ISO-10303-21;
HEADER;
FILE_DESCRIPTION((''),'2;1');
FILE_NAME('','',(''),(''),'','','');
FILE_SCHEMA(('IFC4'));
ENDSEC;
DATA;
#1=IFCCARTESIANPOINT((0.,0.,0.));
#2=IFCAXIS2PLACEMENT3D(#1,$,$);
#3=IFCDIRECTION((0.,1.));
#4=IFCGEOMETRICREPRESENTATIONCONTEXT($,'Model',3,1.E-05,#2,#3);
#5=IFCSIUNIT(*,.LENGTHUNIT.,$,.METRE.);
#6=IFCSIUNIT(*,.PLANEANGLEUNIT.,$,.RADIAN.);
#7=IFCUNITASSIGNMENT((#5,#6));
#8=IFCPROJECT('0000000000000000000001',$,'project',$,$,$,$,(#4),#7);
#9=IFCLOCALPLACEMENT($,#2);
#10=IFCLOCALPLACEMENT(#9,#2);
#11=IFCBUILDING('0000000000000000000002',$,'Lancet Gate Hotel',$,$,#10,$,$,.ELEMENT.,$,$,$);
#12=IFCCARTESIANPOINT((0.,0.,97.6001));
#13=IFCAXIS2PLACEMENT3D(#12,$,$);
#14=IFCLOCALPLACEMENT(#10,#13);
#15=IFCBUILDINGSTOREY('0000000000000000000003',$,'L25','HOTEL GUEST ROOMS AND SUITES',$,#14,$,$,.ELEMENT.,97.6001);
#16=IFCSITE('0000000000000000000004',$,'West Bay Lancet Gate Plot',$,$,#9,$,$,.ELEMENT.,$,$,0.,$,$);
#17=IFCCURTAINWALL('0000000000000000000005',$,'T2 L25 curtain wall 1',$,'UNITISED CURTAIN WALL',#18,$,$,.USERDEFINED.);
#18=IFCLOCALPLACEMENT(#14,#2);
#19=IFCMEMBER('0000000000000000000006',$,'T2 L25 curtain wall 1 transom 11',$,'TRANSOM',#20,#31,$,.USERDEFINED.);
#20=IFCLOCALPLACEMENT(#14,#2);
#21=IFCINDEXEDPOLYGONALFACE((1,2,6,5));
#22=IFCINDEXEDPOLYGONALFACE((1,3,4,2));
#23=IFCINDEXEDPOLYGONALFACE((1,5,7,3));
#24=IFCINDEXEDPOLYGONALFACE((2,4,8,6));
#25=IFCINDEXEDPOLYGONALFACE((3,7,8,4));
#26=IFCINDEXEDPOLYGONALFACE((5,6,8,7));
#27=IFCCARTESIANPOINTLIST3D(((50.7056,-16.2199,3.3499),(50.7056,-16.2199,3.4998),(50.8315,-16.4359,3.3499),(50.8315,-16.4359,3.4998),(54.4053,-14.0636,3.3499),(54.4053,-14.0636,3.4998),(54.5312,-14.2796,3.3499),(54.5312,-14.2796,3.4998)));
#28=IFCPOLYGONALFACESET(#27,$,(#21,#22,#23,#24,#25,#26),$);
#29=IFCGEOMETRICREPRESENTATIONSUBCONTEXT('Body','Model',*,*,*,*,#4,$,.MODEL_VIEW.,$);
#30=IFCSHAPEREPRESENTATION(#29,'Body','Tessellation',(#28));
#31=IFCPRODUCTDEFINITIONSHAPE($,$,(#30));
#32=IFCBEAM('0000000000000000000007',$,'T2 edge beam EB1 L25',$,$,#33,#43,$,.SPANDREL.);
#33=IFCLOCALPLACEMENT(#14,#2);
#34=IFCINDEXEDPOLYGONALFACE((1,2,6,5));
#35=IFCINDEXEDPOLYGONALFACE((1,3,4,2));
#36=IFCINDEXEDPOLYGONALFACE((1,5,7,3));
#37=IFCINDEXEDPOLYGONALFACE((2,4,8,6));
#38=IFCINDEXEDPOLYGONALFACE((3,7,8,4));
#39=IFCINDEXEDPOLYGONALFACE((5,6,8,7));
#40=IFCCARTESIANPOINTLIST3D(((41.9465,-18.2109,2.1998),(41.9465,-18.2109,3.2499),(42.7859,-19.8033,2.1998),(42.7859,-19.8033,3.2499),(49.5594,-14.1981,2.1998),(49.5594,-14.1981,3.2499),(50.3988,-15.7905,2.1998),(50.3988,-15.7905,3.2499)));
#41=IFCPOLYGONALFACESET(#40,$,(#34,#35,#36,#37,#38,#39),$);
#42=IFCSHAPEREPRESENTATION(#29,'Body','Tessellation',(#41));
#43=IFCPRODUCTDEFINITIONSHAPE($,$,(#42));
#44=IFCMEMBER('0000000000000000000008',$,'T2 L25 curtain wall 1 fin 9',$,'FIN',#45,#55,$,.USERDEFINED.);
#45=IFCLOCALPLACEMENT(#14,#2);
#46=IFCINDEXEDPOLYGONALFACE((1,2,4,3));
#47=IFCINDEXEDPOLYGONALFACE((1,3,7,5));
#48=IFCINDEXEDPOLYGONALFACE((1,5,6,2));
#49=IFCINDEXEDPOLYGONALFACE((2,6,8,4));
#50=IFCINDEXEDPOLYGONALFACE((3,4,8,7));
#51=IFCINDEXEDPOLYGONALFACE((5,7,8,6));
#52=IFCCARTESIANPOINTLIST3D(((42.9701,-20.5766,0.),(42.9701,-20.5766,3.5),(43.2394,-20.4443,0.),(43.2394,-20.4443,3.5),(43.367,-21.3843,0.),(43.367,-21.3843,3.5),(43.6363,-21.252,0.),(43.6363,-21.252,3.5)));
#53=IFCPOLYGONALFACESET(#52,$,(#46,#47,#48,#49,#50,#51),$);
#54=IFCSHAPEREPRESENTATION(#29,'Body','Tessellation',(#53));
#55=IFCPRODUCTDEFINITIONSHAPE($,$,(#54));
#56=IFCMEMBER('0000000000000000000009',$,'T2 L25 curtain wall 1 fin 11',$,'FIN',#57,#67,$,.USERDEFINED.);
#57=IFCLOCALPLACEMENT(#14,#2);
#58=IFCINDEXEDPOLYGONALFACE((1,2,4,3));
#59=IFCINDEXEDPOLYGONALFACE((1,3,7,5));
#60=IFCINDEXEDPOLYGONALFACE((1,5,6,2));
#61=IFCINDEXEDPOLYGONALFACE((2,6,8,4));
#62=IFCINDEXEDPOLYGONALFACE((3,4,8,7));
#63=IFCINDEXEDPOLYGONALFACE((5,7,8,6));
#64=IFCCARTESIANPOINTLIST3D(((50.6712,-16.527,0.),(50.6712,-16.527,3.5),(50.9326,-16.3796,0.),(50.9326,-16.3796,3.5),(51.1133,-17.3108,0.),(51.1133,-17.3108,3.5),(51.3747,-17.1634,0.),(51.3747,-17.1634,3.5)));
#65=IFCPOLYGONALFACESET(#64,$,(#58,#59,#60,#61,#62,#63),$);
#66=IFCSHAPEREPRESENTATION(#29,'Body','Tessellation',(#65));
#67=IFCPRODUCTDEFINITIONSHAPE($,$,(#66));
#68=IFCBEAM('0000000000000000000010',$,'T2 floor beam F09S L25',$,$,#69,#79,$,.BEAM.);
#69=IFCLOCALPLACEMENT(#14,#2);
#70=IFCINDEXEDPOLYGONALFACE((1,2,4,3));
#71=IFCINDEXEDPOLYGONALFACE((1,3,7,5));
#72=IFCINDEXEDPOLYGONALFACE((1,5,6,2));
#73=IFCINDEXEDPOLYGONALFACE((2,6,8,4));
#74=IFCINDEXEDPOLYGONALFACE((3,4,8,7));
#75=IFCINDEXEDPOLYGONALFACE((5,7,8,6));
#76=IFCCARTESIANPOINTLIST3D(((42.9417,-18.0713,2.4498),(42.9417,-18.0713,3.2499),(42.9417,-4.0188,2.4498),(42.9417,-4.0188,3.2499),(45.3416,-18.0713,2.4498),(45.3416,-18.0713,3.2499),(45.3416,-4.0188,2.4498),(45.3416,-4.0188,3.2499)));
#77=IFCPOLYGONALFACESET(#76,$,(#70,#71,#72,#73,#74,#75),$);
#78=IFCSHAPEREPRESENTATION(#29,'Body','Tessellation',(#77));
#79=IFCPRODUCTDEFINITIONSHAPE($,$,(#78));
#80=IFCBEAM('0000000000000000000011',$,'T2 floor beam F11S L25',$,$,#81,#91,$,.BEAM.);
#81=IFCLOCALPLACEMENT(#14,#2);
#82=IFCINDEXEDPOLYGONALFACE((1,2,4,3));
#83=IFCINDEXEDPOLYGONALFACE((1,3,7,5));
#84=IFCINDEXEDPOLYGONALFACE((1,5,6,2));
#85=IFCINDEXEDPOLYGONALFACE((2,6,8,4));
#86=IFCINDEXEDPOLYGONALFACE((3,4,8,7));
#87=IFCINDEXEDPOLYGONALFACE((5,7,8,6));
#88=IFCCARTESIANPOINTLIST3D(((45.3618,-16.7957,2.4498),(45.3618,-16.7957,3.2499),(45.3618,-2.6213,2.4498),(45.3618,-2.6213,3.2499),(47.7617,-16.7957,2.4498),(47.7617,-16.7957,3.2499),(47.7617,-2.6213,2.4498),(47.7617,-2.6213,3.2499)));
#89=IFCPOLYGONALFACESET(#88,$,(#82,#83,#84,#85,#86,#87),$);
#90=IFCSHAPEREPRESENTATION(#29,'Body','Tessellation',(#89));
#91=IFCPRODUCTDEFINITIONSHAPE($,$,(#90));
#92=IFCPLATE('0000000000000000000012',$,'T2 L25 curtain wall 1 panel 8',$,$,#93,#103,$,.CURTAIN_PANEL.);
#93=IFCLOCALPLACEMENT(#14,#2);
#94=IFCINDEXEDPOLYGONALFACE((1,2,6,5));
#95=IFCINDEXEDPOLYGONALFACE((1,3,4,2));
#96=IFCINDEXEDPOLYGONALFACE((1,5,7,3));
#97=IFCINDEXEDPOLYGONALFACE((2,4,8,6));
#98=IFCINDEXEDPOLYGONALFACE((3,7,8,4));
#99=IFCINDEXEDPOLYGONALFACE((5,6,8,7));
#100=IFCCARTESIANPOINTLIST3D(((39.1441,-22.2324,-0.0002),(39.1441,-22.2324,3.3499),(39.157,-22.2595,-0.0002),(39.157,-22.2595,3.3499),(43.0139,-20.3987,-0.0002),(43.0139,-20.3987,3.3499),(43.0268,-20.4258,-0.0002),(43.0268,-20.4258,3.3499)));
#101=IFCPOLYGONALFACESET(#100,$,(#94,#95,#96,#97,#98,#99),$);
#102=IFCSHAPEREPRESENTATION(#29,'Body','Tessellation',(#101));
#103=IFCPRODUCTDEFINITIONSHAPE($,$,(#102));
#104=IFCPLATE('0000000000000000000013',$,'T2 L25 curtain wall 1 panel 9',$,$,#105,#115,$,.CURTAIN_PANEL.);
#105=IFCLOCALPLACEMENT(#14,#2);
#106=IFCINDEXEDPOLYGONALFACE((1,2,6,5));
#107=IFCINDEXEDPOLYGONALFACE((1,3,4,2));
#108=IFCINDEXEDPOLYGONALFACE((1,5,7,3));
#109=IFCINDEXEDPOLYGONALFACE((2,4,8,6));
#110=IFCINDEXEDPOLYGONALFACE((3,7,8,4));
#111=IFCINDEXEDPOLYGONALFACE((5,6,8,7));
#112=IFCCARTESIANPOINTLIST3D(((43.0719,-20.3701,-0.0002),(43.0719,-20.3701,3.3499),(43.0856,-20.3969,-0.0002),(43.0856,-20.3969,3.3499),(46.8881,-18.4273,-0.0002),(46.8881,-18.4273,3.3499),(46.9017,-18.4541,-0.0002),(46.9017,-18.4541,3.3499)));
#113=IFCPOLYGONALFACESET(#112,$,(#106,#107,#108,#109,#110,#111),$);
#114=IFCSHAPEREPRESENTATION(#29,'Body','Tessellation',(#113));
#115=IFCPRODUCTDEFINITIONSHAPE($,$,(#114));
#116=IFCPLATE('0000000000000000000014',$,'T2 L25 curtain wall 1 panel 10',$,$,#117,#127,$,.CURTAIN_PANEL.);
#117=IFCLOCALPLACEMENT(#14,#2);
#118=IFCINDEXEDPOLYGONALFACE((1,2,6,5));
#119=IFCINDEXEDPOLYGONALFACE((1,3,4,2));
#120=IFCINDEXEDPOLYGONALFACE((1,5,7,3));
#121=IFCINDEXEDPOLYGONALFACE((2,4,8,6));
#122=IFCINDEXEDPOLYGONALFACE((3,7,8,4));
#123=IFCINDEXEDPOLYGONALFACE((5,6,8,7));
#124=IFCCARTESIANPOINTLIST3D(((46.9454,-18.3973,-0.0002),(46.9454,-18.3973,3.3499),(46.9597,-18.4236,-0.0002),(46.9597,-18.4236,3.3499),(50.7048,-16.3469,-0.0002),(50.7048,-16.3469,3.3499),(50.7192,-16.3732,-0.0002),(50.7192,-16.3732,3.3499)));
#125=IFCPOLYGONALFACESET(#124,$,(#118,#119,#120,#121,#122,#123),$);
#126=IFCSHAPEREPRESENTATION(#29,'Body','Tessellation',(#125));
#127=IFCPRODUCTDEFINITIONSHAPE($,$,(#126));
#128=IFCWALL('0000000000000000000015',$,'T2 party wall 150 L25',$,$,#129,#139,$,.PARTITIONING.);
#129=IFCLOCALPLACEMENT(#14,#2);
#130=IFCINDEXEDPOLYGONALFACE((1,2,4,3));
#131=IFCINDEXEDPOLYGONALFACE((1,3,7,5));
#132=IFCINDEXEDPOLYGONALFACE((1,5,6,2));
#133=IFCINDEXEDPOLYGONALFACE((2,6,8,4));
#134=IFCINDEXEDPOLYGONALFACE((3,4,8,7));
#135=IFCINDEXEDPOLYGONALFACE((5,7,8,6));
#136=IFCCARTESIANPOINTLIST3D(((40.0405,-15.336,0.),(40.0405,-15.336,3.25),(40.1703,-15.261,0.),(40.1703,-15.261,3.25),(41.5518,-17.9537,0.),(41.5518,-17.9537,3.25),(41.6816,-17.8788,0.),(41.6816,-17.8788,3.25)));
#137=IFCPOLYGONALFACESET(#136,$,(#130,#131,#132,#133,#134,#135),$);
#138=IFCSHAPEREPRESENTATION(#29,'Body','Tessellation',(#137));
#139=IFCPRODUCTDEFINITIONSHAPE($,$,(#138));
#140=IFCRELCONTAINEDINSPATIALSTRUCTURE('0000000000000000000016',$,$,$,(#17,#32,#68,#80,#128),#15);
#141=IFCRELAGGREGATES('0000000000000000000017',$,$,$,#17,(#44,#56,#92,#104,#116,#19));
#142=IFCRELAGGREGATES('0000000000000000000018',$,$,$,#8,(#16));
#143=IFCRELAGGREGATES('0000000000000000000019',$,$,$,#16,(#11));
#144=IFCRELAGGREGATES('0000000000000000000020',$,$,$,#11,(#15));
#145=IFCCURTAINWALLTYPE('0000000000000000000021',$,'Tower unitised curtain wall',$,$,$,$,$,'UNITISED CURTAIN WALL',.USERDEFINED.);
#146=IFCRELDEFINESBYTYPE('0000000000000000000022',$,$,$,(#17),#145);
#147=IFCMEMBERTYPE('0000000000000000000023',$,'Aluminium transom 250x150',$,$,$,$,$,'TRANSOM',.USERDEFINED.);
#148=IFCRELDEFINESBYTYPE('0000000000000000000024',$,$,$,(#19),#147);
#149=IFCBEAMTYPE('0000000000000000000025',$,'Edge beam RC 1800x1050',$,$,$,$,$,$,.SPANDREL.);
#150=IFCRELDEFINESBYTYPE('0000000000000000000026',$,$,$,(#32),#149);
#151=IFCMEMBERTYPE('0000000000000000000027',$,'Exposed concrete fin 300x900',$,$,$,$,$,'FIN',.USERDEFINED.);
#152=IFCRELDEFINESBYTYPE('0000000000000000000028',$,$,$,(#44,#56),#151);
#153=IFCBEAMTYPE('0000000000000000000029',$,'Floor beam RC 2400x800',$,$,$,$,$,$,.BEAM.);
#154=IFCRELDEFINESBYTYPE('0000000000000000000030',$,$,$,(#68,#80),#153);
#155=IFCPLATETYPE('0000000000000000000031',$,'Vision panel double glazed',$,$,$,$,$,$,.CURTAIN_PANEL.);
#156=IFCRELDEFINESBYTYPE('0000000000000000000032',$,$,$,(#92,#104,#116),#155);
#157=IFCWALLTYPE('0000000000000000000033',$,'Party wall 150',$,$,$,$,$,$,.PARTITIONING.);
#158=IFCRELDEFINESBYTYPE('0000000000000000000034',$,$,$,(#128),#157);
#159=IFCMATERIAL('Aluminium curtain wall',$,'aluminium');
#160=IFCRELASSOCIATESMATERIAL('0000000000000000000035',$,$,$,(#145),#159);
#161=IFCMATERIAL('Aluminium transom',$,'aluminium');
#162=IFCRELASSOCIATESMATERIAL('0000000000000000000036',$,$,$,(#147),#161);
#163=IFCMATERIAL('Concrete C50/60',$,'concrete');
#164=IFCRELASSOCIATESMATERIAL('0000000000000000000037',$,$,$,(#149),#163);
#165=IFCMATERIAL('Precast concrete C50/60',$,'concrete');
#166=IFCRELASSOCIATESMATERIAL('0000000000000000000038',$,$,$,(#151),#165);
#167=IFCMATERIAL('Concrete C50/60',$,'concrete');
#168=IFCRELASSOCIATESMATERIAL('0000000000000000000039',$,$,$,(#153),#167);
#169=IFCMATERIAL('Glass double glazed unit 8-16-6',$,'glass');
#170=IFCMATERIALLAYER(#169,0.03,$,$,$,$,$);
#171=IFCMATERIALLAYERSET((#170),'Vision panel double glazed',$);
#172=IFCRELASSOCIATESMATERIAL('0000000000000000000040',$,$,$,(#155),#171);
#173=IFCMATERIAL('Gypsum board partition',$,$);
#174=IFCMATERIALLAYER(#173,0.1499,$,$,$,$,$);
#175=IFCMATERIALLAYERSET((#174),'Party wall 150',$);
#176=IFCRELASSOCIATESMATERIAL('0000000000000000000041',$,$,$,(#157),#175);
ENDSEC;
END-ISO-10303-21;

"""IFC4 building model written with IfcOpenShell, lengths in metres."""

from ifc_helpers import new_model, si_unit, direction, frame, frame_2d, origin, origin_2d, place, context, subcontext, project, spatial, rectangle, extrude, material, layer, layer_set, material_profile, profile_set, type_object, element, aggregate, save


model = new_model("IFC4")

# Units and contexts
model_context = context("Model", 3, precision=1e-05, world=origin(), true_north=direction((0.0, 1.0)))
body_context = subcontext(model_context, "Body", "Model", "MODEL_VIEW")
ifc_project = project(units=[si_unit("LENGTHUNIT", "METRE"), si_unit("PLANEANGLEUNIT", "RADIAN")], contexts=[model_context])

# Site, building, storey
site_placement = place(None, origin())
site = spatial("IfcSite", under=ifc_project, at=site_placement, Name="West Bay Lancet Gate Plot", CompositionType="ELEMENT", RefElevation=0.0)
building_placement = place(site_placement, origin())
building = spatial("IfcBuilding", under=site, at=building_placement, Name="Lancet Gate Hotel", CompositionType="ELEMENT")
storey_placement = place(building_placement, frame((0.0, 0.0, 97.6001)))
storey = spatial("IfcBuildingStorey", under=building, at=storey_placement, Name="L25", Description="HOTEL GUEST ROOMS AND SUITES", CompositionType="ELEMENT", Elevation=97.6001)

# Curtain wall, member
ifc_material_1 = material(Name="Aluminium curtain wall", Category="aluminium")
curtain_wall_type = type_object("IfcCurtainWallType", Name="Tower unitised curtain wall", ElementType="UNITISED CURTAIN WALL", PredefinedType="USERDEFINED", material=ifc_material_1)
curtain_wall_placement = place(storey_placement, origin())
curtain_wall = element("IfcCurtainWall", 1, at=curtain_wall_placement, inside=storey, type_object=curtain_wall_type, Name="T2 L25 curtain wall 1", ObjectType="UNITISED CURTAIN WALL", PredefinedType="USERDEFINED")
ifc_material_2 = material(Name="Aluminium transom", Category="aluminium")
ifc_material_profile_1 = material_profile(ifc_material_2, rectangle(XDim=0.25, YDim=0.1499, at=origin_2d()), Name="TRANSOM 250x150")
ifc_profile_set_1 = profile_set([ifc_material_profile_1], Name="Aluminium transom")
member_type_1 = type_object("IfcMemberType", Name="Aluminium transom 250x150", ElementType="TRANSOM", PredefinedType="USERDEFINED", material=ifc_profile_set_1)
member_1_placement = place(storey_placement, frame((50.7686, -16.3279, 3.4248), z_axis=(0.863973, 0.503538, 0.0), x_axis=(-0.503538, 0.863973, 0.0)))
member_1 = element("IfcMember", 2, at=member_1_placement, type_object=member_type_1, Name="T2 L25 curtain wall 1 transom 11", ObjectType="TRANSOM", PredefinedType="USERDEFINED", context=body_context, shape_type="SweptSolid", body=[
    extrude(rectangle(XDim=0.25, YDim=0.1499, at=origin_2d()), origin(), (0.0, 0.0, 1.0), 4.2822),
])

# Beam
ifc_material_3 = material(Name="Concrete C50/60", Category="concrete")
ifc_material_profile_2 = material_profile(ifc_material_3, rectangle(XDim=1.8, YDim=1.05, at=origin_2d()), Name="RC 1800x1050")
ifc_profile_set_2 = profile_set([ifc_material_profile_2], Name="Concrete C50/60")
beam_type_1 = type_object("IfcBeamType", Name="Edge beam RC 1800x1050", PredefinedType="SPANDREL", material=ifc_profile_set_2)
beam_1_placement = place(storey_placement, frame((42.3662, -19.0071, 2.7249), z_axis=(0.884633, 0.466289, 0.0), x_axis=(-0.466289, 0.884633, 0.0)))
element("IfcBeam", 3, at=beam_1_placement, inside=storey, type_object=beam_type_1, Name="T2 edge beam EB1 L25", PredefinedType="SPANDREL", context=body_context, shape_type="SweptSolid", body=[
    extrude(rectangle(XDim=1.8, YDim=1.05, at=origin_2d()), origin(), (0.0, 0.0, 1.0), 8.6057),
])

# Members
ifc_material_4 = material(Name="Precast concrete C50/60", Category="concrete")
ifc_material_profile_3 = material_profile(ifc_material_4, rectangle(XDim=0.3, YDim=0.8999, at=origin_2d()), Name="FIN 300x900")
ifc_profile_set_3 = profile_set([ifc_material_profile_3], Name="Precast concrete C50/60")
member_type_2 = type_object("IfcMemberType", Name="Exposed concrete fin 300x900", ElementType="FIN", PredefinedType="USERDEFINED", material=ifc_profile_set_3)
member_2_placement = place(storey_placement, frame((43.3032, -20.9143, 0.0), z_axis=(0.0, 0.0, 1.0), x_axis=(0.897512, 0.44099, 0.0)))
member_2 = element("IfcMember", 4, at=member_2_placement, type_object=member_type_2, Name="T2 L25 curtain wall 1 fin 9", ObjectType="FIN", PredefinedType="USERDEFINED", context=body_context, shape_type="SweptSolid", body=[
    extrude(rectangle(XDim=0.3, YDim=0.8999, at=origin_2d()), origin(), (0.0, 0.0, 1.0), 3.5),
])
member_3_placement = place(storey_placement, frame((51.0229, -16.8452, 0.0), z_axis=(0.0, 0.0, 1.0), x_axis=(0.871029, 0.491232, 0.0)))
member_3 = element("IfcMember", 5, at=member_3_placement, type_object=member_type_2, Name="T2 L25 curtain wall 1 fin 11", ObjectType="FIN", PredefinedType="USERDEFINED", context=body_context, shape_type="SweptSolid", body=[
    extrude(rectangle(XDim=0.3, YDim=0.8999, at=origin_2d()), origin(), (0.0, 0.0, 1.0), 3.5),
])

# Beams
ifc_material_5 = material(Name="Concrete C50/60", Category="concrete")
ifc_material_profile_4 = material_profile(ifc_material_5, rectangle(XDim=2.3999, YDim=0.8, at=origin_2d()), Name="RC 2400x800")
ifc_profile_set_4 = profile_set([ifc_material_profile_4], Name="Concrete C50/60")
beam_type_2 = type_object("IfcBeamType", Name="Floor beam RC 2400x800", PredefinedType="BEAM", material=ifc_profile_set_4)
beam_2_placement = place(storey_placement, frame((44.1416, -18.0713, 2.8499), z_axis=(0.0, 1.0, 0.0), x_axis=(-1.0, 0.0, 0.0)))
element("IfcBeam", 6, at=beam_2_placement, inside=storey, type_object=beam_type_2, Name="T2 floor beam F09S L25", PredefinedType="BEAM", context=body_context, shape_type="SweptSolid", body=[
    extrude(rectangle(XDim=2.3999, YDim=0.8, at=origin_2d()), origin(), (0.0, 0.0, 1.0), 14.0525),
])
beam_3_placement = place(storey_placement, frame((46.5618, -16.7957, 2.8499), z_axis=(0.0, 1.0, 0.0), x_axis=(-1.0, 0.0, 0.0)))
element("IfcBeam", 7, at=beam_3_placement, inside=storey, type_object=beam_type_2, Name="T2 floor beam F11S L25", PredefinedType="BEAM", context=body_context, shape_type="SweptSolid", body=[
    extrude(rectangle(XDim=2.3999, YDim=0.8, at=origin_2d()), origin(), (0.0, 0.0, 1.0), 14.1743),
])

# Plates
ifc_material_6 = material(Name="Glass double glazed unit 8-16-6", Category="glass")
ifc_layer_1 = layer(ifc_material_6, 0.03)
ifc_layer_set_1 = layer_set([ifc_layer_1], Name="Vision panel double glazed")
plate_type = type_object("IfcPlateType", Name="Vision panel double glazed", PredefinedType="CURTAIN_PANEL", material=ifc_layer_set_1)
plate_1_placement = place(storey_placement, frame((41.0854, -21.3291, -0.0002), z_axis=(0.0, 0.0, 1.0), x_axis=(0.903683, 0.428201, 0.0)))
plate_1 = element("IfcPlate", 8, at=plate_1_placement, type_object=plate_type, Name="T2 L25 curtain wall 1 panel 8", PredefinedType="CURTAIN_PANEL", context=body_context, shape_type="SweptSolid", body=[
    extrude(rectangle(XDim=4.2822, YDim=0.03, at=origin_2d()), origin(), (0.0, 0.0, 1.0), 3.3501),
])
plate_2_placement = place(storey_placement, frame((44.9868, -19.4121, -0.0002), z_axis=(0.0, 0.0, 1.0), x_axis=(0.891159, 0.45369, 0.0)))
plate_2 = element("IfcPlate", 9, at=plate_2_placement, type_object=plate_type, Name="T2 L25 curtain wall 1 panel 9", PredefinedType="CURTAIN_PANEL", context=body_context, shape_type="SweptSolid", body=[
    extrude(rectangle(XDim=4.2822, YDim=0.03, at=origin_2d()), origin(), (0.0, 0.0, 1.0), 3.3501),
])
plate_3_placement = place(storey_placement, frame((48.8323, -17.3853, -0.0002), z_axis=(0.0, 0.0, 1.0), x_axis=(0.877916, 0.478814, 0.0)))
plate_3 = element("IfcPlate", 10, at=plate_3_placement, type_object=plate_type, Name="T2 L25 curtain wall 1 panel 10", PredefinedType="CURTAIN_PANEL", context=body_context, shape_type="SweptSolid", body=[
    extrude(rectangle(XDim=4.2822, YDim=0.03, at=origin_2d()), origin(), (0.0, 0.0, 1.0), 3.3501),
])
aggregate(curtain_wall, [member_2, member_3, plate_1, plate_2, plate_3, member_1])

# Wall
ifc_material_7 = material(Name="Gypsum board partition")
ifc_layer_2 = layer(ifc_material_7, 0.1499)
ifc_layer_set_2 = layer_set([ifc_layer_2], Name="Party wall 150")
wall_type = type_object("IfcWallType", Name="Party wall 150", PredefinedType="PARTITIONING", material=ifc_layer_set_2)
wall_placement = place(storey_placement, frame((40.1055, -15.2986, 0.0), z_axis=(0.0, 0.0, 1.0), x_axis=(0.499979, -0.866038, 0.0)))
element("IfcWall", 11, at=wall_placement, inside=storey, type_object=wall_type, Name="T2 party wall 150 L25", PredefinedType="PARTITIONING", context=body_context, shape_type="SweptSolid", body=[
    extrude(rectangle(XDim=3.0227, YDim=0.1499, at=frame_2d((1.5112, 0.0))), origin(), (0.0, 0.0, 1.0), 3.25),
])

save(model, "model.ifc")
